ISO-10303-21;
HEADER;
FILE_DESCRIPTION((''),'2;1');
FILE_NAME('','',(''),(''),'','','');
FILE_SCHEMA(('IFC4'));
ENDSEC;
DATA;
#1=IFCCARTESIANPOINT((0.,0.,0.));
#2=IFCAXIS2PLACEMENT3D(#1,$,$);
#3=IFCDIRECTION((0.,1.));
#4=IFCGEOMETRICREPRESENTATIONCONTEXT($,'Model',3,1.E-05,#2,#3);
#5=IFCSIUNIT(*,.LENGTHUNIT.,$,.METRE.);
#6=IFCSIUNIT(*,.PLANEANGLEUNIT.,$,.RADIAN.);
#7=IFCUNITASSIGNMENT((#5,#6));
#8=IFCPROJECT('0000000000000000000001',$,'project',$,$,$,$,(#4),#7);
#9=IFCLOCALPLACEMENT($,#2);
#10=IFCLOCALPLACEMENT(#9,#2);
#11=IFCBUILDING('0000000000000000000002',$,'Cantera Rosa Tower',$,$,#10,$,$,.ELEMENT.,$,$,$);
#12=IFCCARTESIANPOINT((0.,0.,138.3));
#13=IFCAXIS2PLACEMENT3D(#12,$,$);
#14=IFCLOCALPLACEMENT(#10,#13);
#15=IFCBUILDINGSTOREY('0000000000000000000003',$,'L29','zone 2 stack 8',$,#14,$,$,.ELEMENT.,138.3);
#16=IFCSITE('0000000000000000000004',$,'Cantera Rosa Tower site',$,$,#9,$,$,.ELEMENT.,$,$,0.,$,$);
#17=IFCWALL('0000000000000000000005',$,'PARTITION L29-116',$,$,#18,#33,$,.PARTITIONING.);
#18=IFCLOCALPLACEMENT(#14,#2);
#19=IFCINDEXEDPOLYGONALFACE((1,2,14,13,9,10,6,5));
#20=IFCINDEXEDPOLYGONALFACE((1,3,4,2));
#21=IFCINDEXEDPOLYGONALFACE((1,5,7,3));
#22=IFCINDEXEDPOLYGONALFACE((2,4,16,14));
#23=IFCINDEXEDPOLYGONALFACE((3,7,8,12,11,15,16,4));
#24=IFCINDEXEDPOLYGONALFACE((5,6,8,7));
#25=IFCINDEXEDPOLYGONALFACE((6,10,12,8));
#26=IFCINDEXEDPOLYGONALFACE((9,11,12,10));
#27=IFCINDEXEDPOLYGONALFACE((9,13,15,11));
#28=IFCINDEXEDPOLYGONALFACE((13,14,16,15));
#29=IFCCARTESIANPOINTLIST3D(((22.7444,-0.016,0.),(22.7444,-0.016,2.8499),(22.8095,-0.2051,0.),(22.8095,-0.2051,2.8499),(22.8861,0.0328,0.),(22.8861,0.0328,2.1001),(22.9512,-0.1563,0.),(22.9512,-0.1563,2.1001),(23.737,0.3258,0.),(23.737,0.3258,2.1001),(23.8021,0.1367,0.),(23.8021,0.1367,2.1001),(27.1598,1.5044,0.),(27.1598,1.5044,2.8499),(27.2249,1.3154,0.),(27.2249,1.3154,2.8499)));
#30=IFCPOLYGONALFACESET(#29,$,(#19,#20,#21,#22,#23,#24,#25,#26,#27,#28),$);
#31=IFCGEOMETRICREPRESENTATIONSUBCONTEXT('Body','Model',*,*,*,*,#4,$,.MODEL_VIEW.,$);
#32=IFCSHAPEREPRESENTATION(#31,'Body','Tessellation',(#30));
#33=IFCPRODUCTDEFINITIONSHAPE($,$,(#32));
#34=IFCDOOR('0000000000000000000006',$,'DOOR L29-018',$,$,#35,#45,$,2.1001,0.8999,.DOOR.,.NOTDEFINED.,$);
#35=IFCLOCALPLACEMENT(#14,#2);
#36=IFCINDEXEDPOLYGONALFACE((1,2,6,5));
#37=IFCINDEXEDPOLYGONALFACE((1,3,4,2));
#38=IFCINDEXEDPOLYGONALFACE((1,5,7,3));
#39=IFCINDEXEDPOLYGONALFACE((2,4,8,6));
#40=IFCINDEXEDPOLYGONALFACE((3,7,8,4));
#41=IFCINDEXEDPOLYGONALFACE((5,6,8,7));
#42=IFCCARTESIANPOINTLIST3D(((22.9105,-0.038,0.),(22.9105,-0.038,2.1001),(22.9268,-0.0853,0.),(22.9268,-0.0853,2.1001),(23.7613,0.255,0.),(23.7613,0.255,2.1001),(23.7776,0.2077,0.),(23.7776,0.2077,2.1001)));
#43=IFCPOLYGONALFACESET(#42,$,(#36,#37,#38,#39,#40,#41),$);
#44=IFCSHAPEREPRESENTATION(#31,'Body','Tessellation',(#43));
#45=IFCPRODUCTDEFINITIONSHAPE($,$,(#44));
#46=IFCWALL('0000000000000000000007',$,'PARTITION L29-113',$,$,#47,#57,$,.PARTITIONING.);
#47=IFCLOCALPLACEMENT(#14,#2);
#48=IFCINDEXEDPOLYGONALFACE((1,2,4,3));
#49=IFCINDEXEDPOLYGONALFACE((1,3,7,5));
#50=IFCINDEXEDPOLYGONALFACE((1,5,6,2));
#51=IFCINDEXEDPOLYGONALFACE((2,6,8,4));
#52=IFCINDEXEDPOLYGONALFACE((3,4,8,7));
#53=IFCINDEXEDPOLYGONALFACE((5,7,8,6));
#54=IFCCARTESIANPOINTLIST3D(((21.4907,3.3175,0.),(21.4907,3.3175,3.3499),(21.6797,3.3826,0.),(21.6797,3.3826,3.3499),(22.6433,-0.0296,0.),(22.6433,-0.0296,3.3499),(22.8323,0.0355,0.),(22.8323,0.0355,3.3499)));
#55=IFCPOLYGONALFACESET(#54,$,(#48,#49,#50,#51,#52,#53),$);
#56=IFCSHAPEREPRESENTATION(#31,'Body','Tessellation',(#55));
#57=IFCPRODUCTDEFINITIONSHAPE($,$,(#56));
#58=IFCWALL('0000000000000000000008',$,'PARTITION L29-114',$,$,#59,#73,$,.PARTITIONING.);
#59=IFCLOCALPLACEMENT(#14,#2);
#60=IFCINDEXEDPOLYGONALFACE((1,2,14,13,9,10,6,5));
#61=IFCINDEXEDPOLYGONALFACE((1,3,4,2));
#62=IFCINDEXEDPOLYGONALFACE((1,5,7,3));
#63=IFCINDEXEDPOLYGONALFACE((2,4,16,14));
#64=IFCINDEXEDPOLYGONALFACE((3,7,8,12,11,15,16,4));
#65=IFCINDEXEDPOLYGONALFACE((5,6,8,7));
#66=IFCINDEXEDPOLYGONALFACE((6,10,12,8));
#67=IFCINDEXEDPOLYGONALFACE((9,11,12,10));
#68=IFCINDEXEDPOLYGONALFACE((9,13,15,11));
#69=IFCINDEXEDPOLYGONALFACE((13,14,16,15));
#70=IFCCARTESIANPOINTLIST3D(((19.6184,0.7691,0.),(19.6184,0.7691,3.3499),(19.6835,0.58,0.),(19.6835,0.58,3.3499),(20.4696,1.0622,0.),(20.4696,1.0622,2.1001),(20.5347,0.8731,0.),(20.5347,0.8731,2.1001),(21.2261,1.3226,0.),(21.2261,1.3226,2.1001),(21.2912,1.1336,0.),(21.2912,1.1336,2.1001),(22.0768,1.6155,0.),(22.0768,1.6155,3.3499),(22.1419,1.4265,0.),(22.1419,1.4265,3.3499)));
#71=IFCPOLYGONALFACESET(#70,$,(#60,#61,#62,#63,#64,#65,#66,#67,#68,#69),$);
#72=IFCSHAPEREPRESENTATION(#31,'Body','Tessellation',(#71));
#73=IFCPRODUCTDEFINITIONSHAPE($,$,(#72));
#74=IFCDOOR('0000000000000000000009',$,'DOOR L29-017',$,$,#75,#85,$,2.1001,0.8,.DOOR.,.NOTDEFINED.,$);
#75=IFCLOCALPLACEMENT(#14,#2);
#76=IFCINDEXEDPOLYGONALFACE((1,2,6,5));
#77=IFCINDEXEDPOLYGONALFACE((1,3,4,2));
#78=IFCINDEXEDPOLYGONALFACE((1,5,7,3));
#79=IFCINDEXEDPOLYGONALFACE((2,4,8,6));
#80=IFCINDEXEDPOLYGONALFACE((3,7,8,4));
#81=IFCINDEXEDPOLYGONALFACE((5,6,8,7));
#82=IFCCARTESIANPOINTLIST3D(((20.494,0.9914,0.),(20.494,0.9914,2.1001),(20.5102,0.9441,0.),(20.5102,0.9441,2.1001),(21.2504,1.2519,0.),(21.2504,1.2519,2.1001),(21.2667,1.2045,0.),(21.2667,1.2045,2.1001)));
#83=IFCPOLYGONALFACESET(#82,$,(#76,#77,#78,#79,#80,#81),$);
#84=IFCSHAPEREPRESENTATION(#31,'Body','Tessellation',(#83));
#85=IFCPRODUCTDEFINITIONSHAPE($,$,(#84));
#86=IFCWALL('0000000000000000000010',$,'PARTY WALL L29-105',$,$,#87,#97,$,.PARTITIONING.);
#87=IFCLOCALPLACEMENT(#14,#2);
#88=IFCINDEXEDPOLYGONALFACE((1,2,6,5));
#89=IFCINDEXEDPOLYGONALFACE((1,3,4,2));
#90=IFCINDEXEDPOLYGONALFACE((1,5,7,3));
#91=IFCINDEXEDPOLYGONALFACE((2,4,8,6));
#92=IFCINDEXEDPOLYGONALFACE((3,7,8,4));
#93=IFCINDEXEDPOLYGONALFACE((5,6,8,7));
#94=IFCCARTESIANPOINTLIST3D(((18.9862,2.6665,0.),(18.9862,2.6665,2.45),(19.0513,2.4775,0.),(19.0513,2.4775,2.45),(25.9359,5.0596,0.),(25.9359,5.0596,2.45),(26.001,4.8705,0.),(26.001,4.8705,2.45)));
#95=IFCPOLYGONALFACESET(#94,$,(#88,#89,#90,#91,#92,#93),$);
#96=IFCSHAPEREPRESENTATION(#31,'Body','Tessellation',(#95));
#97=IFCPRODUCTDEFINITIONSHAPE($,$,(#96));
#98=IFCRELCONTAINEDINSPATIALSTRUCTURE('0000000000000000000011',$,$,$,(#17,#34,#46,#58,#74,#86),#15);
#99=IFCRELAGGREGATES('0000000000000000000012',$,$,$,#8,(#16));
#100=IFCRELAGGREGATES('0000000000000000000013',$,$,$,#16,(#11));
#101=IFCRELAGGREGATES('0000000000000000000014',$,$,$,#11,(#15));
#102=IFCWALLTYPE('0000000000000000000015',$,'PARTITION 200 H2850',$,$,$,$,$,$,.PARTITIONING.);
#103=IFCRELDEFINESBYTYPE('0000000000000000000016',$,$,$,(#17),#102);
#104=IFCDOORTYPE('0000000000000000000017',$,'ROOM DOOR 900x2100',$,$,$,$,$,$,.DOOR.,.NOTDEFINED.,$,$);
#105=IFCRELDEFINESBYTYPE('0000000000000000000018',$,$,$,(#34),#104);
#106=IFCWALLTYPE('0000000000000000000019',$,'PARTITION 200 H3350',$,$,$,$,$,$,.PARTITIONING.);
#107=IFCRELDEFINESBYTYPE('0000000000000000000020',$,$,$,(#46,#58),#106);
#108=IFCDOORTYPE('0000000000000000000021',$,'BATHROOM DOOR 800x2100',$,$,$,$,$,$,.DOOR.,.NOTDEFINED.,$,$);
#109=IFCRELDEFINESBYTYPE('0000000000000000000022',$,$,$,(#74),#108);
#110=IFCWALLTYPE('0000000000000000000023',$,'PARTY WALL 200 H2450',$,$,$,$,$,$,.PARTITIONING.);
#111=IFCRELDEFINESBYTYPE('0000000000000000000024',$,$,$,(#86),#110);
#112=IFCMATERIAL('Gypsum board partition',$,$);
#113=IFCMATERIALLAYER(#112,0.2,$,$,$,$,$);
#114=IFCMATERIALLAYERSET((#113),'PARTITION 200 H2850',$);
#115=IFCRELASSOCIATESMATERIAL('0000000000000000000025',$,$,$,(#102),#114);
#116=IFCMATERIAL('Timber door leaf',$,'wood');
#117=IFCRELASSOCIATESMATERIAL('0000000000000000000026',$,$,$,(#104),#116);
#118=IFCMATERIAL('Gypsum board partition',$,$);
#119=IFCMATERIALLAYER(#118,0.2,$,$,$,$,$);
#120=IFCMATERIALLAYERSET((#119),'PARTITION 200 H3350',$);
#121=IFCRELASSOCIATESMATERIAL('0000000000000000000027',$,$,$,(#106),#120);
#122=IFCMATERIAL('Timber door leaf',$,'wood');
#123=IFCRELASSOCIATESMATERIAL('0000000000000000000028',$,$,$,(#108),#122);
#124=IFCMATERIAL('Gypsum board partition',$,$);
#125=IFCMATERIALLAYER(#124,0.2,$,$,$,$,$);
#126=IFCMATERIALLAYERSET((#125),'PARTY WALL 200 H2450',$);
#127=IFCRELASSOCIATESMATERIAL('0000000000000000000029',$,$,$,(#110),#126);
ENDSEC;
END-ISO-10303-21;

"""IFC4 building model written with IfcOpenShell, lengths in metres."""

from ifc_helpers import new_model, si_unit, direction, frame, frame_2d, origin, place, context, subcontext, project, spatial, rectangle, extrude, material, layer, layer_set, type_object, element, fill, save


model = new_model("IFC4")

# Units and contexts
model_context = context("Model", 3, precision=1e-05, world=origin(), true_north=direction((0.0, 1.0)))
body_context = subcontext(model_context, "Body", "Model", "MODEL_VIEW")
ifc_project = project(units=[si_unit("LENGTHUNIT", "METRE"), si_unit("PLANEANGLEUNIT", "RADIAN")], contexts=[model_context])

# Site, building, storey
site_placement = place(None, origin())
site = spatial("IfcSite", under=ifc_project, at=site_placement, Name="Cantera Rosa Tower site", CompositionType="ELEMENT", RefElevation=0.0)
building_placement = place(site_placement, origin())
building = spatial("IfcBuilding", under=site, at=building_placement, Name="Cantera Rosa Tower", CompositionType="ELEMENT")
storey_placement = place(building_placement, frame((0.0, 0.0, 138.3)))
storey = spatial("IfcBuildingStorey", under=building, at=storey_placement, Name="L29", Description="zone 2 stack 8", CompositionType="ELEMENT", Elevation=138.3)

# Wall, opening, door
ifc_material_1 = material(Name="Gypsum board partition")
ifc_layer_1 = layer(ifc_material_1, 0.2)
ifc_layer_set_1 = layer_set([ifc_layer_1], Name="PARTITION 200 H2850")
wall_type_1 = type_object("IfcWallType", Name="PARTITION 200 H2850", PredefinedType="PARTITIONING", material=ifc_layer_set_1)
wall_1_placement = place(storey_placement, frame((27.1924, 1.4099, 0.0), z_axis=(0.0, 0.0, 1.0), x_axis=(-0.945511, -0.325591, 0.0)))
wall_1 = element("IfcWall", 1, at=wall_1_placement, inside=storey, type_object=wall_type_1, Name="PARTITION L29-116", PredefinedType="PARTITIONING", context=body_context, shape_type="SweptSolid", body=[
    extrude(rectangle(XDim=4.6699, YDim=0.2, at=frame_2d((2.335, 0.0))), origin(), (0.0, 0.0, 1.0), 2.8499),
])
opening_1_placement = place(wall_1_placement, frame((3.6201, 0.0, 0.0)))
opening_1 = element("IfcOpeningElement", 2, at=opening_1_placement, cuts=wall_1, PredefinedType="OPENING", context=body_context, shape_type="SweptSolid", body=[
    extrude(rectangle(XDim=0.8999, YDim=2.1001, at=frame_2d((0.45, 1.05))), frame((0.0, 0.1099, 0.0), z_axis=(0.0, -1.0, 0.0), x_axis=(1.0, 0.0, 0.0)), (0.0, 0.0, 1.0), 0.22),
])
ifc_material_2 = material(Name="Timber door leaf", Category="wood")
door_type_1 = type_object("IfcDoorType", Name="ROOM DOOR 900x2100", OperationType="NOTDEFINED", PredefinedType="DOOR", material=ifc_material_2)
door_1_placement = place(opening_1_placement, origin())
door_1 = element("IfcDoor", 3, at=door_1_placement, inside=storey, type_object=door_type_1, Name="DOOR L29-018", OperationType="NOTDEFINED", OverallHeight=2.1001, OverallWidth=0.8999, PredefinedType="DOOR", context=body_context, shape_type="SweptSolid", body=[
    extrude(rectangle(XDim=0.8999, YDim=2.1001, at=frame_2d((0.45, 1.05))), frame((0.0, 0.0249, 0.0), z_axis=(0.0, -1.0, 0.0), x_axis=(1.0, 0.0, 0.0)), (0.0, 0.0, 1.0), 0.05),
])
fill(opening_1, door_1)

# Wall
ifc_material_3 = material(Name="Gypsum board partition")
ifc_layer_2 = layer(ifc_material_3, 0.2)
ifc_layer_set_2 = layer_set([ifc_layer_2], Name="PARTITION 200 H3350")
wall_type_2 = type_object("IfcWallType", Name="PARTITION 200 H3350", PredefinedType="PARTITIONING", material=ifc_layer_set_2)
wall_2_placement = place(storey_placement, frame((21.5852, 3.3501, 0.0), z_axis=(0.0, 0.0, 1.0), x_axis=(0.325585, -0.945513, 0.0)))
element("IfcWall", 4, at=wall_2_placement, inside=storey, type_object=wall_type_2, Name="PARTITION L29-113", PredefinedType="PARTITIONING", context=body_context, shape_type="SweptSolid", body=[
    extrude(rectangle(XDim=3.54, YDim=0.2, at=frame_2d((1.77, 0.0))), origin(), (0.0, 0.0, 1.0), 3.3499),
])

# Wall, opening, door
wall_3_placement = place(storey_placement, frame((22.1094, 1.521, 0.0), z_axis=(0.0, 0.0, 1.0), x_axis=(-0.94553, -0.325536, 0.0)))
wall_3 = element("IfcWall", 5, at=wall_3_placement, inside=storey, type_object=wall_type_2, Name="PARTITION L29-114", PredefinedType="PARTITIONING", context=body_context, shape_type="SweptSolid", body=[
    extrude(rectangle(XDim=2.6001, YDim=0.2, at=frame_2d((1.3, 0.0))), origin(), (0.0, 0.0, 1.0), 3.3499),
])
opening_2_placement = place(wall_3_placement, frame((0.8999, 0.0, 0.0)))
opening_2 = element("IfcOpeningElement", 6, at=opening_2_placement, cuts=wall_3, PredefinedType="OPENING", context=body_context, shape_type="SweptSolid", body=[
    extrude(rectangle(XDim=0.8, YDim=2.1001, at=frame_2d((0.3999, 1.05))), frame((0.0, 0.1099, 0.0), z_axis=(0.0, -1.0, 0.0), x_axis=(1.0, 0.0, 0.0)), (0.0, 0.0, 1.0), 0.22),
])
ifc_material_4 = material(Name="Timber door leaf", Category="wood")
door_type_2 = type_object("IfcDoorType", Name="BATHROOM DOOR 800x2100", OperationType="NOTDEFINED", PredefinedType="DOOR", material=ifc_material_4)
door_2_placement = place(opening_2_placement, origin())
door_2 = element("IfcDoor", 7, at=door_2_placement, inside=storey, type_object=door_type_2, Name="DOOR L29-017", OperationType="NOTDEFINED", OverallHeight=2.1001, OverallWidth=0.8, PredefinedType="DOOR", context=body_context, shape_type="SweptSolid", body=[
    extrude(rectangle(XDim=0.8, YDim=2.1001, at=frame_2d((0.3999, 1.05))), frame((0.0, 0.0249, 0.0), z_axis=(0.0, -1.0, 0.0), x_axis=(1.0, 0.0, 0.0)), (0.0, 0.0, 1.0), 0.05),
])
fill(opening_2, door_2)

# Wall
ifc_material_5 = material(Name="Gypsum board partition")
ifc_layer_3 = layer(ifc_material_5, 0.2)
ifc_layer_set_3 = layer_set([ifc_layer_3], Name="PARTY WALL 200 H2450")
wall_type_3 = type_object("IfcWallType", Name="PARTY WALL 200 H2450", PredefinedType="PARTITIONING", material=ifc_layer_set_3)
wall_4_placement = place(storey_placement, frame((19.0188, 2.572, 0.0), z_axis=(0.0, 0.0, 1.0), x_axis=(0.945515, 0.325579, 0.0)))
element("IfcWall", 8, at=wall_4_placement, inside=storey, type_object=wall_type_3, Name="PARTY WALL L29-105", PredefinedType="PARTITIONING", context=body_context, shape_type="SweptSolid", body=[
    extrude(rectangle(XDim=7.3501, YDim=0.2, at=frame_2d((3.675, 0.0))), origin(), (0.0, 0.0, 1.0), 2.45),
])

save(model, "model.ifc")
